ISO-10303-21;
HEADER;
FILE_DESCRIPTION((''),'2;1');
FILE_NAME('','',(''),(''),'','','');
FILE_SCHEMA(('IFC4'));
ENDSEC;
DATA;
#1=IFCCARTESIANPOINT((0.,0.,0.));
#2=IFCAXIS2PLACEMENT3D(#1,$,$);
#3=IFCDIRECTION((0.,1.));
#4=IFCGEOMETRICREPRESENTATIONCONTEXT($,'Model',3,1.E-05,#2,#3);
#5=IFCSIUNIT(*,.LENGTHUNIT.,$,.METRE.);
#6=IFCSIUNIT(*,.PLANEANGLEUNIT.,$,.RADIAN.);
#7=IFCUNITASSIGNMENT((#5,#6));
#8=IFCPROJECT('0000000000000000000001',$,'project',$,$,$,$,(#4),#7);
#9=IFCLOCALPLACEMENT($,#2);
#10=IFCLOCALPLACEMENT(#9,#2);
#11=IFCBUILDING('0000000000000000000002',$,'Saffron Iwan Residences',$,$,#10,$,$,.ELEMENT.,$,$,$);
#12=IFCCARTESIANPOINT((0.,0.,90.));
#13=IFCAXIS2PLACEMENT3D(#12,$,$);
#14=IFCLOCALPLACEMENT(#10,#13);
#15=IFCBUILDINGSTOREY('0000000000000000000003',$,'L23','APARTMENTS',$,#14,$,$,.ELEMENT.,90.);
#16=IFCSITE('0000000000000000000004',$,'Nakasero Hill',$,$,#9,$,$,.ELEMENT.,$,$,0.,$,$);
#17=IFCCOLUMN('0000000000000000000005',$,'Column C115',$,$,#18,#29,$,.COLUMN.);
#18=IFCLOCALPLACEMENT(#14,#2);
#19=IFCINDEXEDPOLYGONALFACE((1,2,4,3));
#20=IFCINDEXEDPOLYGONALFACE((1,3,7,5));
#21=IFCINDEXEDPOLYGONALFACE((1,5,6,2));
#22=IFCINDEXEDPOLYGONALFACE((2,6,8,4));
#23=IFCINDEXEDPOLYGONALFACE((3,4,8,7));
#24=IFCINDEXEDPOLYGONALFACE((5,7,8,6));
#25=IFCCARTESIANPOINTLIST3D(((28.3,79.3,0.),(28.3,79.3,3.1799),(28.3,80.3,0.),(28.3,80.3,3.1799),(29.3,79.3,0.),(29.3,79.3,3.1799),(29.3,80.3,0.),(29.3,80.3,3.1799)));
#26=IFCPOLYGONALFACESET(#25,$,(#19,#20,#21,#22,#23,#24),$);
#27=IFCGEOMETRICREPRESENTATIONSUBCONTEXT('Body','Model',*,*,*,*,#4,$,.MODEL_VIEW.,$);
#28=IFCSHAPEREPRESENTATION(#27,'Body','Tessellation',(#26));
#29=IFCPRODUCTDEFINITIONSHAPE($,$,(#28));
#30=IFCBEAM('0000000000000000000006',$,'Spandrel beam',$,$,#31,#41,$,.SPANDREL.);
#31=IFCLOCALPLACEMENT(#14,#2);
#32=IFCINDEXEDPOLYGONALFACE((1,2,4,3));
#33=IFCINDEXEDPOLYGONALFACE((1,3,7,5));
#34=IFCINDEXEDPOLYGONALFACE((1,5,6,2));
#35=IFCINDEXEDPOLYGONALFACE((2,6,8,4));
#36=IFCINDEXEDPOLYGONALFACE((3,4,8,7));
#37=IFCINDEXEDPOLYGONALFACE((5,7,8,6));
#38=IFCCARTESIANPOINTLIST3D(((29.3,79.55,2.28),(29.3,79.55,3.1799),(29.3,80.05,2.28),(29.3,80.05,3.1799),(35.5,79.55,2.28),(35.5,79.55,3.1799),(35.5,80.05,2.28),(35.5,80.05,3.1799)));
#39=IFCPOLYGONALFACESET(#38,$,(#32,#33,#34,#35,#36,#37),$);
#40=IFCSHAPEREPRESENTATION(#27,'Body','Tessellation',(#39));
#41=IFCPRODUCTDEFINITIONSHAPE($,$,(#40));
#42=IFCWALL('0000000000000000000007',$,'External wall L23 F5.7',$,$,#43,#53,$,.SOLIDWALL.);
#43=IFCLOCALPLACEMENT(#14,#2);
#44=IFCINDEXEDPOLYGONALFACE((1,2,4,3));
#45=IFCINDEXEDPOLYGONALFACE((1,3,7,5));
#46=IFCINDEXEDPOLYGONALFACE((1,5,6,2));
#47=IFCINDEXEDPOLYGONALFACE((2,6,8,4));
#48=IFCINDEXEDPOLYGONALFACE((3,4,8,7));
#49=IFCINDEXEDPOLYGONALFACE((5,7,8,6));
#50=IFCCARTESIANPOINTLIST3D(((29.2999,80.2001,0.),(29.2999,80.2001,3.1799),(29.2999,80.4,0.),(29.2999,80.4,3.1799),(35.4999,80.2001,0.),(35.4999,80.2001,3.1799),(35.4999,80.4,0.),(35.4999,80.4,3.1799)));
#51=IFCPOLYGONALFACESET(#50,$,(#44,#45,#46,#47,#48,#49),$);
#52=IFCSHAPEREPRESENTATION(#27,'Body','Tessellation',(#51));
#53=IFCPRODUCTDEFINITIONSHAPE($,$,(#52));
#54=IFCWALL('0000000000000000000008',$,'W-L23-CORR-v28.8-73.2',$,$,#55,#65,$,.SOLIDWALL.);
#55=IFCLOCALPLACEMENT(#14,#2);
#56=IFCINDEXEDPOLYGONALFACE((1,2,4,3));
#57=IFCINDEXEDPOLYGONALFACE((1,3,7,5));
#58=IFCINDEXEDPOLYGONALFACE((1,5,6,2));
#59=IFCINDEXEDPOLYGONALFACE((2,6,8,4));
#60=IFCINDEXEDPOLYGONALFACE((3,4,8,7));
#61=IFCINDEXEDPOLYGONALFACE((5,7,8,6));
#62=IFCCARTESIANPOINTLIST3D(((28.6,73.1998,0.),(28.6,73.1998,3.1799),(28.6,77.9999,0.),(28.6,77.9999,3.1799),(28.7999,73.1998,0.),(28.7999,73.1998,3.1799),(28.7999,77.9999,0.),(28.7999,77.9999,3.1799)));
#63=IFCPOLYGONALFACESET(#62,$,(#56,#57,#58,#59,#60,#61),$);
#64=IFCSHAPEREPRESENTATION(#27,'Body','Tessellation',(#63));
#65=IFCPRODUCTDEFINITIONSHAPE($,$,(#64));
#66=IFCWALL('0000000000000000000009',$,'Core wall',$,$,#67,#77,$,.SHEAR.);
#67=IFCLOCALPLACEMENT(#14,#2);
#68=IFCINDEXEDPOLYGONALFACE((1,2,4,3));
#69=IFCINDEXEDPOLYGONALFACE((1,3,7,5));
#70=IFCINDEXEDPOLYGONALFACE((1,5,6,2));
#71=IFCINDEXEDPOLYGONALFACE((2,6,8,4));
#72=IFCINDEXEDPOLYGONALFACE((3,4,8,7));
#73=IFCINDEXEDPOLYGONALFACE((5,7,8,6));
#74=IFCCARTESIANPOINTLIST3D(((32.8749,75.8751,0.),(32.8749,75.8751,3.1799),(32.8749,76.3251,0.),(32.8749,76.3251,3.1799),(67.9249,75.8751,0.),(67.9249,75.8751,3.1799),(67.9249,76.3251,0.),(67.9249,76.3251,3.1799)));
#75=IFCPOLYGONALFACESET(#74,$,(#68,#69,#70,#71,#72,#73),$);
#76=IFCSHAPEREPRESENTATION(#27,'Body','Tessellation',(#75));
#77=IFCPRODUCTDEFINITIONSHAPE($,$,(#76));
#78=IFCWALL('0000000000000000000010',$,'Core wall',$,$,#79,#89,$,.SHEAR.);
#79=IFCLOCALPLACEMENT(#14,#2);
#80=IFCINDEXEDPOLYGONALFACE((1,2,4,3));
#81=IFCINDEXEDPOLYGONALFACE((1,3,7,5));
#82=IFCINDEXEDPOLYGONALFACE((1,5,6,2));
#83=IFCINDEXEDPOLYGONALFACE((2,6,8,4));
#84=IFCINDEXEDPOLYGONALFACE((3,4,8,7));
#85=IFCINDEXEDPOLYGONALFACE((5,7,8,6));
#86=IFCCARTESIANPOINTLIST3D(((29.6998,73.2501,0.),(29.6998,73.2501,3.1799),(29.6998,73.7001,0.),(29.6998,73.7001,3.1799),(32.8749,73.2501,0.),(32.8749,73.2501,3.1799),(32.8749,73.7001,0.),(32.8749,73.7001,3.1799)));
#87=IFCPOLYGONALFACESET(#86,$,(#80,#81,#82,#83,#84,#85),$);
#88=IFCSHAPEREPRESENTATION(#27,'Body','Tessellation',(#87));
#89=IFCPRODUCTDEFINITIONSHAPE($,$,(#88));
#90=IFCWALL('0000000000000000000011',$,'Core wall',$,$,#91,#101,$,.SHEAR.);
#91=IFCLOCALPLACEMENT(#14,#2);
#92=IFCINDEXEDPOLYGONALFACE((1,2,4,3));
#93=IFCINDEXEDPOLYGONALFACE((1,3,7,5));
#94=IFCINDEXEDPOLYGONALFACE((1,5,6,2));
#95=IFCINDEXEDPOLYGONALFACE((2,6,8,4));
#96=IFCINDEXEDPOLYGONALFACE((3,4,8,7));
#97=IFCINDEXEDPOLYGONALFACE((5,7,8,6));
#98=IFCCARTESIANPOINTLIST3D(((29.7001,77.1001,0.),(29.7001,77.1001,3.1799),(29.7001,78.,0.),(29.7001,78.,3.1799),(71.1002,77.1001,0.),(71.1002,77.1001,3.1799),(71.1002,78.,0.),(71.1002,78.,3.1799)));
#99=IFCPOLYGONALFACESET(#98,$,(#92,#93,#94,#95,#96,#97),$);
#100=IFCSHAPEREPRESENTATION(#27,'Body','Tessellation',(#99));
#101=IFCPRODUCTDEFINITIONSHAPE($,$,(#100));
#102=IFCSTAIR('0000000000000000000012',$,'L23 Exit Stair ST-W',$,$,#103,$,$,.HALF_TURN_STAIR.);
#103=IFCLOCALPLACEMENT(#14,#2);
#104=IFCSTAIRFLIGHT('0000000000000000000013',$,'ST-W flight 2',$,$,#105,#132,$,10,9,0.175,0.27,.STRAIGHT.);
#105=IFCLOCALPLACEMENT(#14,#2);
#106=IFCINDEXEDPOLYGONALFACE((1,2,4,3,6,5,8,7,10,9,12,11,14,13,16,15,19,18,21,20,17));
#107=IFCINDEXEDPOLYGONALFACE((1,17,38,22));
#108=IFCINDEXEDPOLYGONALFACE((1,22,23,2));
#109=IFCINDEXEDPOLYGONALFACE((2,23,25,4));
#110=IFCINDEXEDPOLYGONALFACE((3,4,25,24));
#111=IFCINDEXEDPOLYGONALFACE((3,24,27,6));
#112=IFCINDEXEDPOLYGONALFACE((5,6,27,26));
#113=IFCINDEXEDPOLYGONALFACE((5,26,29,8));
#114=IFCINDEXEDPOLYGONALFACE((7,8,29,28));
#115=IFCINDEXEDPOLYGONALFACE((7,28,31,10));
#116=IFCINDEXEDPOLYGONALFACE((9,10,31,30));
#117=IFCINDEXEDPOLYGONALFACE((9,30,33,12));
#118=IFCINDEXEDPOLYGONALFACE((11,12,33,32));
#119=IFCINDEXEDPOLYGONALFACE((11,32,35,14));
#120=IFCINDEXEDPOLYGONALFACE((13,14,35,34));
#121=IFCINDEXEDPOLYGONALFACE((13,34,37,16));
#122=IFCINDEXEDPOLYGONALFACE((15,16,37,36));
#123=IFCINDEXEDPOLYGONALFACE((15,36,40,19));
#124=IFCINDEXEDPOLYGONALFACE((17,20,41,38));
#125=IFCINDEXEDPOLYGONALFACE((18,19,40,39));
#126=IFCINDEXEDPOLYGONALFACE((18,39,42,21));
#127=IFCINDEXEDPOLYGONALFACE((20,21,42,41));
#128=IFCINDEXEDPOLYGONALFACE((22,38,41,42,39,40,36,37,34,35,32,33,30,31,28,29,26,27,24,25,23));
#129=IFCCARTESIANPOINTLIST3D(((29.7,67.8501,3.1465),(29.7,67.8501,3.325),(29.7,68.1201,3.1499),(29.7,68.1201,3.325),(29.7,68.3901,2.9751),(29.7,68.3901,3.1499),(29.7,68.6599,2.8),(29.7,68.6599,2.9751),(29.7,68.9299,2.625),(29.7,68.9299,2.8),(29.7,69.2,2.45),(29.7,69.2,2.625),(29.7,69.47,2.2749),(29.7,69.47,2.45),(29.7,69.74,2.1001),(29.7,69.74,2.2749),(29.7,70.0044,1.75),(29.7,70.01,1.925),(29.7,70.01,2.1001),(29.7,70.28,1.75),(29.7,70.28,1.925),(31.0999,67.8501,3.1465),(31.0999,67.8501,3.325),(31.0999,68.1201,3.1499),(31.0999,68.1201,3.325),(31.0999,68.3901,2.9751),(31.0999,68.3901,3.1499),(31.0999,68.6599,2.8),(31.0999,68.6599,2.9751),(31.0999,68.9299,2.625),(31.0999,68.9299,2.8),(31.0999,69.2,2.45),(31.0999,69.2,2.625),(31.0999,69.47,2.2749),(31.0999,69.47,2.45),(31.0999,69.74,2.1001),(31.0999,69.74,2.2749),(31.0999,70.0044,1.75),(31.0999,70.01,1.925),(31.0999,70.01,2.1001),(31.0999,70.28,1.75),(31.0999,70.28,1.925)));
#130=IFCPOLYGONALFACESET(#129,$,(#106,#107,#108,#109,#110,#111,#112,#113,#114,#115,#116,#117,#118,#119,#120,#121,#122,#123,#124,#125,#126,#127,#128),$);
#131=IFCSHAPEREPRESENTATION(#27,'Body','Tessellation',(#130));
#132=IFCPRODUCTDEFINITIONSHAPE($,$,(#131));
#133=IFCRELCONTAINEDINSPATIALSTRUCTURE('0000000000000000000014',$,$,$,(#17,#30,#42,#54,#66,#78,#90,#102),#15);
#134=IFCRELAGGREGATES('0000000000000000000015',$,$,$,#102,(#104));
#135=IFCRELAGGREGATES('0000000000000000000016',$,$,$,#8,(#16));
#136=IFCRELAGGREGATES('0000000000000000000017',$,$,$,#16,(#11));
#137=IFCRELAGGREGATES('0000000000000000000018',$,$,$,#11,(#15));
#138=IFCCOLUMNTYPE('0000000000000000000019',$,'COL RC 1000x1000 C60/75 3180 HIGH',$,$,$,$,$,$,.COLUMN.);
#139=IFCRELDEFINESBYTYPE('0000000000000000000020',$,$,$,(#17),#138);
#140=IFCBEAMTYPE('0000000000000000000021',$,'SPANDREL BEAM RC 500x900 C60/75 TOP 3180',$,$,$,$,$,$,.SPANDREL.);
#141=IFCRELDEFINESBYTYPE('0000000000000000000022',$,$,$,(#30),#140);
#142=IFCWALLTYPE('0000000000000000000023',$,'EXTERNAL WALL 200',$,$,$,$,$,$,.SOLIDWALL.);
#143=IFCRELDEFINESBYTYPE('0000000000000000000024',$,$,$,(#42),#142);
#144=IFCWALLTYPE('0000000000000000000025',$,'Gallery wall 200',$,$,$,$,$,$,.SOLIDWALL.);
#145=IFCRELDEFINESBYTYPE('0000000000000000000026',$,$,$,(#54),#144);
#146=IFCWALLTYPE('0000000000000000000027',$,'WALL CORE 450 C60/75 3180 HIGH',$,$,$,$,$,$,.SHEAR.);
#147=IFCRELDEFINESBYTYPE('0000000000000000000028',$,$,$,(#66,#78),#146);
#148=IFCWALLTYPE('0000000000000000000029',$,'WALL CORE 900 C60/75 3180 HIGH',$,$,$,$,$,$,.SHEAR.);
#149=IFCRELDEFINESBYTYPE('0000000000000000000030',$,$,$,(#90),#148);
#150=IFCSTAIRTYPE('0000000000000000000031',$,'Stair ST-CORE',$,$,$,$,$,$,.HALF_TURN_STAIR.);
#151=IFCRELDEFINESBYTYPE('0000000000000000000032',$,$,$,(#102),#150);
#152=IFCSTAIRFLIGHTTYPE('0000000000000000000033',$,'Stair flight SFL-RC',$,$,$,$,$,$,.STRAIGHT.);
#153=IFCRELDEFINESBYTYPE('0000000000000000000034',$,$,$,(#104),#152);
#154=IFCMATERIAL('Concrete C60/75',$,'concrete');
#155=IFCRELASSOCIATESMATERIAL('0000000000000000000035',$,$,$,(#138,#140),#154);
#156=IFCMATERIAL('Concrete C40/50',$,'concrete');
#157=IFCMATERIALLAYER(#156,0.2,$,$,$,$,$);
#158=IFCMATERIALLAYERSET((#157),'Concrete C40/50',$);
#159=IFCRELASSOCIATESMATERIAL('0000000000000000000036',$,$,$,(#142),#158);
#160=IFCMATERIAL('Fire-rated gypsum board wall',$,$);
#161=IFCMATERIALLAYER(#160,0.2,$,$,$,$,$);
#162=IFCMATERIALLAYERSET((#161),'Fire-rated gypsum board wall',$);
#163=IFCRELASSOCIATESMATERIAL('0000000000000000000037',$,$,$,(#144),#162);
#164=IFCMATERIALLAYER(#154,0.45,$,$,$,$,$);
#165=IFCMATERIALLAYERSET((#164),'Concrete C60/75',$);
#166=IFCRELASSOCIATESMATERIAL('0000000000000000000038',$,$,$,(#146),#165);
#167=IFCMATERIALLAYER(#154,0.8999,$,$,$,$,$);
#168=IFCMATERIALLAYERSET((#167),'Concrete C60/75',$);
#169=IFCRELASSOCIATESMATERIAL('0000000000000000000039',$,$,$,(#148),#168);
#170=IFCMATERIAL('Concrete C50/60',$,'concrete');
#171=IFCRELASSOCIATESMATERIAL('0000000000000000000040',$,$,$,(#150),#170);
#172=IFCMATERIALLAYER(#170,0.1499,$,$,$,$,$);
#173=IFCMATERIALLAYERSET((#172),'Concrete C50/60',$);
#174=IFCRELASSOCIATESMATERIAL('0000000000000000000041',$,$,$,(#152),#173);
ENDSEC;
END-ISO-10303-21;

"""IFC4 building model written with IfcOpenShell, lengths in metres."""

from ifc_helpers import new_model, si_unit, direction, frame, frame_2d, origin, origin_2d, place, context, subcontext, project, spatial, polyline, rectangle, outline, extrude, source, transform, mapped, material, layer, layer_set, material_profile, profile_set, type_object, element, aggregate, save


model = new_model("IFC4")

# Units and contexts
model_context = context("Model", 3, precision=1e-05, world=origin(), true_north=direction((0.0, 1.0)))
body_context = subcontext(model_context, "Body", "Model", "MODEL_VIEW")
ifc_project = project(units=[si_unit("LENGTHUNIT", "METRE"), si_unit("PLANEANGLEUNIT", "RADIAN")], contexts=[model_context])

# Site, building, storey
site_placement = place(None, origin())
site = spatial("IfcSite", under=ifc_project, at=site_placement, Name="Nakasero Hill", CompositionType="ELEMENT", RefElevation=0.0)
building_placement = place(site_placement, origin())
building = spatial("IfcBuilding", under=site, at=building_placement, Name="Saffron Iwan Residences", CompositionType="ELEMENT")
storey_placement = place(building_placement, frame((0.0, 0.0, 90.0)))
storey = spatial("IfcBuildingStorey", under=building, at=storey_placement, Name="L23", Description="APARTMENTS", CompositionType="ELEMENT", Elevation=90.0)

# Column
ifc_material_1 = material(Name="Concrete C60/75", Category="concrete")
ifc_material_profile_1 = material_profile(ifc_material_1, rectangle(XDim=1.0, YDim=1.0, at=origin_2d()), Name="RC 1000x1000")
ifc_profile_set_1 = profile_set([ifc_material_profile_1], Name="Concrete C60/75")
column_type = type_object("IfcColumnType", Name="COL RC 1000x1000 C60/75 3180 HIGH", PredefinedType="COLUMN", material=ifc_profile_set_1)
shared_shape_1 = source(origin(), body_context, "Body", "SweptSolid", [
    extrude(rectangle(XDim=1.0, YDim=1.0, at=origin_2d()), origin(), (0.0, 0.0, 1.0), 3.1799),
])
column_placement = place(storey_placement, frame((28.8, 79.8, 0.0), z_axis=(0.0, 0.0, 1.0), x_axis=(1.0, 0.0, 0.0)))
element("IfcColumn", 1, at=column_placement, inside=storey, type_object=column_type, Name="Column C115", PredefinedType="COLUMN", context=body_context, shape_type="MappedRepresentation", body=[
    mapped(shared_shape_1, transform((0.0, 0.0, 0.0))),
])

# Beam
ifc_material_profile_2 = material_profile(ifc_material_1, rectangle(XDim=0.5, YDim=0.8999, at=origin_2d()), Name="RC 500x900")
ifc_profile_set_2 = profile_set([ifc_material_profile_2], Name="Concrete C60/75")
beam_type = type_object("IfcBeamType", Name="SPANDREL BEAM RC 500x900 C60/75 TOP 3180", PredefinedType="SPANDREL", material=ifc_profile_set_2)
shared_shape_2 = source(origin(), body_context, "Body", "SweptSolid", [
    extrude(rectangle(XDim=0.5, YDim=0.8999, at=origin_2d()), origin(), (0.0, 0.0, 1.0), 6.2),
])
beam_placement = place(storey_placement, frame((29.3, 79.8, 2.73), z_axis=(1.0, 0.0, 0.0), x_axis=(0.0, 1.0, 0.0)))
element("IfcBeam", 2, at=beam_placement, inside=storey, type_object=beam_type, Name="Spandrel beam", PredefinedType="SPANDREL", context=body_context, shape_type="MappedRepresentation", body=[
    mapped(shared_shape_2, transform((0.0, 0.0, 0.0))),
])

# Walls
ifc_material_2 = material(Name="Concrete C40/50", Category="concrete")
ifc_layer_1 = layer(ifc_material_2, 0.2)
ifc_layer_set_1 = layer_set([ifc_layer_1], Name="Concrete C40/50")
wall_type_1 = type_object("IfcWallType", Name="EXTERNAL WALL 200", PredefinedType="SOLIDWALL", material=ifc_layer_set_1)
wall_1_placement = place(storey_placement, frame((35.5, 80.3, 0.0), z_axis=(0.0, 0.0, 1.0), x_axis=(-1.0, 0.0, 0.0)))
element("IfcWall", 3, at=wall_1_placement, inside=storey, type_object=wall_type_1, Name="External wall L23 F5.7", PredefinedType="SOLIDWALL", context=body_context, shape_type="SweptSolid", body=[
    extrude(rectangle(XDim=6.2, YDim=0.2, at=frame_2d((3.1001, 0.0))), origin(), (0.0, 0.0, 1.0), 3.1799),
])
ifc_material_3 = material(Name="Fire-rated gypsum board wall")
ifc_layer_2 = layer(ifc_material_3, 0.2)
ifc_layer_set_2 = layer_set([ifc_layer_2], Name="Fire-rated gypsum board wall")
wall_type_2 = type_object("IfcWallType", Name="Gallery wall 200", PredefinedType="SOLIDWALL", material=ifc_layer_set_2)
wall_2_placement = place(storey_placement, frame((28.7, 73.2, 0.0), z_axis=(0.0, 0.0, 1.0), x_axis=(0.0, 1.0, 0.0)))
element("IfcWall", 4, at=wall_2_placement, inside=storey, type_object=wall_type_2, Name="W-L23-CORR-v28.8-73.2", PredefinedType="SOLIDWALL", context=body_context, shape_type="SweptSolid", body=[
    extrude(rectangle(XDim=4.8, YDim=0.2, at=frame_2d((2.3999, 0.0))), origin(), (0.0, 0.0, 1.0), 3.1799),
])

# Shared definitions
ifc_layer_3 = layer(ifc_material_1, 0.45)
ifc_layer_set_3 = layer_set([ifc_layer_3], Name="Concrete C60/75")
wall_type_3 = type_object("IfcWallType", Name="WALL CORE 450 C60/75 3180 HIGH", PredefinedType="SHEAR", material=ifc_layer_set_3)

# Walls
wall_3_placement = place(storey_placement, frame((32.875, 76.1001, 0.0), z_axis=(0.0, 0.0, 1.0), x_axis=(1.0, 0.0, 0.0)))
element("IfcWall", 5, at=wall_3_placement, inside=storey, type_object=wall_type_3, Name="Core wall", PredefinedType="SHEAR", context=body_context, shape_type="SweptSolid", body=[
    extrude(rectangle(XDim=35.05, YDim=0.45, at=frame_2d((17.5249, 0.0))), origin(), (0.0, 0.0, 1.0), 3.1799),
])
wall_4_placement = place(storey_placement, frame((29.7, 73.4751, 0.0), z_axis=(0.0, 0.0, 1.0), x_axis=(1.0, 0.0, 0.0)))
element("IfcWall", 6, at=wall_4_placement, inside=storey, type_object=wall_type_3, Name="Core wall", PredefinedType="SHEAR", context=body_context, shape_type="SweptSolid", body=[
    extrude(rectangle(XDim=3.175, YDim=0.45, at=frame_2d((1.5874, 0.0))), origin(), (0.0, 0.0, 1.0), 3.1799),
])
ifc_layer_4 = layer(ifc_material_1, 0.8999)
ifc_layer_set_4 = layer_set([ifc_layer_4], Name="Concrete C60/75")
wall_type_4 = type_object("IfcWallType", Name="WALL CORE 900 C60/75 3180 HIGH", PredefinedType="SHEAR", material=ifc_layer_set_4)
wall_5_placement = place(storey_placement, frame((29.7, 77.55, 0.0), z_axis=(0.0, 0.0, 1.0), x_axis=(1.0, 0.0, 0.0)))
element("IfcWall", 7, at=wall_5_placement, inside=storey, type_object=wall_type_4, Name="Core wall", PredefinedType="SHEAR", context=body_context, shape_type="SweptSolid", body=[
    extrude(rectangle(XDim=41.4001, YDim=0.8999, at=frame_2d((20.7002, 0.0))), origin(), (0.0, 0.0, 1.0), 3.1799),
])

# Stair, stair flight
ifc_material_4 = material(Name="Concrete C50/60", Category="concrete")
stair_type = type_object("IfcStairType", Name="Stair ST-CORE", PredefinedType="HALF_TURN_STAIR", material=ifc_material_4)
stair_placement = place(storey_placement, origin())
stair = element("IfcStair", 8, at=stair_placement, inside=storey, type_object=stair_type, Name="L23 Exit Stair ST-W", PredefinedType="HALF_TURN_STAIR")
ifc_layer_5 = layer(ifc_material_4, 0.1499)
ifc_layer_set_5 = layer_set([ifc_layer_5], Name="Concrete C50/60")
stair_flight_type = type_object("IfcStairFlightType", Name="Stair flight SFL-RC", PredefinedType="STRAIGHT", material=ifc_layer_set_5)
stair_flight_placement = place(storey_placement, frame((30.3999, 70.28, 1.75), z_axis=(0.0, 0.0, 1.0), x_axis=(0.0, -1.0, 0.0)))
stair_flight = element("IfcStairFlight", 9, at=stair_flight_placement, type_object=stair_flight_type, Name="ST-W flight 2", NumberOfRisers=10, NumberOfTreads=9, PredefinedType="STRAIGHT", RiserHeight=0.175, TreadLength=0.27, context=body_context, shape_type="SweptSolid", body=[
    extrude(outline(polyline([(0.0, 0.0), (0.0, 0.175), (0.27, 0.175), (0.27, 0.3501), (0.54, 0.3501), (0.54, 0.5249), (0.8101, 0.5249), (0.8101, 0.7), (1.0801, 0.7), (1.0801, 0.875), (1.3501, 0.875), (1.3501, 1.05), (1.6201, 1.05), (1.6201, 1.2251), (1.8899, 1.2251), (1.8899, 1.3999), (2.1599, 1.3999), (2.1599, 1.575), (2.4299, 1.575), (2.4299, 1.75), (2.4299, 1.3965), (0.2756, 0.0), (0.0, 0.0)])), frame((0.0, 0.7, 0.0), z_axis=(0.0, -1.0, 0.0), x_axis=(1.0, 0.0, 0.0)), (0.0, 0.0, 1.0), 1.3999),
])
aggregate(stair, [stair_flight])

save(model, "model.ifc")
